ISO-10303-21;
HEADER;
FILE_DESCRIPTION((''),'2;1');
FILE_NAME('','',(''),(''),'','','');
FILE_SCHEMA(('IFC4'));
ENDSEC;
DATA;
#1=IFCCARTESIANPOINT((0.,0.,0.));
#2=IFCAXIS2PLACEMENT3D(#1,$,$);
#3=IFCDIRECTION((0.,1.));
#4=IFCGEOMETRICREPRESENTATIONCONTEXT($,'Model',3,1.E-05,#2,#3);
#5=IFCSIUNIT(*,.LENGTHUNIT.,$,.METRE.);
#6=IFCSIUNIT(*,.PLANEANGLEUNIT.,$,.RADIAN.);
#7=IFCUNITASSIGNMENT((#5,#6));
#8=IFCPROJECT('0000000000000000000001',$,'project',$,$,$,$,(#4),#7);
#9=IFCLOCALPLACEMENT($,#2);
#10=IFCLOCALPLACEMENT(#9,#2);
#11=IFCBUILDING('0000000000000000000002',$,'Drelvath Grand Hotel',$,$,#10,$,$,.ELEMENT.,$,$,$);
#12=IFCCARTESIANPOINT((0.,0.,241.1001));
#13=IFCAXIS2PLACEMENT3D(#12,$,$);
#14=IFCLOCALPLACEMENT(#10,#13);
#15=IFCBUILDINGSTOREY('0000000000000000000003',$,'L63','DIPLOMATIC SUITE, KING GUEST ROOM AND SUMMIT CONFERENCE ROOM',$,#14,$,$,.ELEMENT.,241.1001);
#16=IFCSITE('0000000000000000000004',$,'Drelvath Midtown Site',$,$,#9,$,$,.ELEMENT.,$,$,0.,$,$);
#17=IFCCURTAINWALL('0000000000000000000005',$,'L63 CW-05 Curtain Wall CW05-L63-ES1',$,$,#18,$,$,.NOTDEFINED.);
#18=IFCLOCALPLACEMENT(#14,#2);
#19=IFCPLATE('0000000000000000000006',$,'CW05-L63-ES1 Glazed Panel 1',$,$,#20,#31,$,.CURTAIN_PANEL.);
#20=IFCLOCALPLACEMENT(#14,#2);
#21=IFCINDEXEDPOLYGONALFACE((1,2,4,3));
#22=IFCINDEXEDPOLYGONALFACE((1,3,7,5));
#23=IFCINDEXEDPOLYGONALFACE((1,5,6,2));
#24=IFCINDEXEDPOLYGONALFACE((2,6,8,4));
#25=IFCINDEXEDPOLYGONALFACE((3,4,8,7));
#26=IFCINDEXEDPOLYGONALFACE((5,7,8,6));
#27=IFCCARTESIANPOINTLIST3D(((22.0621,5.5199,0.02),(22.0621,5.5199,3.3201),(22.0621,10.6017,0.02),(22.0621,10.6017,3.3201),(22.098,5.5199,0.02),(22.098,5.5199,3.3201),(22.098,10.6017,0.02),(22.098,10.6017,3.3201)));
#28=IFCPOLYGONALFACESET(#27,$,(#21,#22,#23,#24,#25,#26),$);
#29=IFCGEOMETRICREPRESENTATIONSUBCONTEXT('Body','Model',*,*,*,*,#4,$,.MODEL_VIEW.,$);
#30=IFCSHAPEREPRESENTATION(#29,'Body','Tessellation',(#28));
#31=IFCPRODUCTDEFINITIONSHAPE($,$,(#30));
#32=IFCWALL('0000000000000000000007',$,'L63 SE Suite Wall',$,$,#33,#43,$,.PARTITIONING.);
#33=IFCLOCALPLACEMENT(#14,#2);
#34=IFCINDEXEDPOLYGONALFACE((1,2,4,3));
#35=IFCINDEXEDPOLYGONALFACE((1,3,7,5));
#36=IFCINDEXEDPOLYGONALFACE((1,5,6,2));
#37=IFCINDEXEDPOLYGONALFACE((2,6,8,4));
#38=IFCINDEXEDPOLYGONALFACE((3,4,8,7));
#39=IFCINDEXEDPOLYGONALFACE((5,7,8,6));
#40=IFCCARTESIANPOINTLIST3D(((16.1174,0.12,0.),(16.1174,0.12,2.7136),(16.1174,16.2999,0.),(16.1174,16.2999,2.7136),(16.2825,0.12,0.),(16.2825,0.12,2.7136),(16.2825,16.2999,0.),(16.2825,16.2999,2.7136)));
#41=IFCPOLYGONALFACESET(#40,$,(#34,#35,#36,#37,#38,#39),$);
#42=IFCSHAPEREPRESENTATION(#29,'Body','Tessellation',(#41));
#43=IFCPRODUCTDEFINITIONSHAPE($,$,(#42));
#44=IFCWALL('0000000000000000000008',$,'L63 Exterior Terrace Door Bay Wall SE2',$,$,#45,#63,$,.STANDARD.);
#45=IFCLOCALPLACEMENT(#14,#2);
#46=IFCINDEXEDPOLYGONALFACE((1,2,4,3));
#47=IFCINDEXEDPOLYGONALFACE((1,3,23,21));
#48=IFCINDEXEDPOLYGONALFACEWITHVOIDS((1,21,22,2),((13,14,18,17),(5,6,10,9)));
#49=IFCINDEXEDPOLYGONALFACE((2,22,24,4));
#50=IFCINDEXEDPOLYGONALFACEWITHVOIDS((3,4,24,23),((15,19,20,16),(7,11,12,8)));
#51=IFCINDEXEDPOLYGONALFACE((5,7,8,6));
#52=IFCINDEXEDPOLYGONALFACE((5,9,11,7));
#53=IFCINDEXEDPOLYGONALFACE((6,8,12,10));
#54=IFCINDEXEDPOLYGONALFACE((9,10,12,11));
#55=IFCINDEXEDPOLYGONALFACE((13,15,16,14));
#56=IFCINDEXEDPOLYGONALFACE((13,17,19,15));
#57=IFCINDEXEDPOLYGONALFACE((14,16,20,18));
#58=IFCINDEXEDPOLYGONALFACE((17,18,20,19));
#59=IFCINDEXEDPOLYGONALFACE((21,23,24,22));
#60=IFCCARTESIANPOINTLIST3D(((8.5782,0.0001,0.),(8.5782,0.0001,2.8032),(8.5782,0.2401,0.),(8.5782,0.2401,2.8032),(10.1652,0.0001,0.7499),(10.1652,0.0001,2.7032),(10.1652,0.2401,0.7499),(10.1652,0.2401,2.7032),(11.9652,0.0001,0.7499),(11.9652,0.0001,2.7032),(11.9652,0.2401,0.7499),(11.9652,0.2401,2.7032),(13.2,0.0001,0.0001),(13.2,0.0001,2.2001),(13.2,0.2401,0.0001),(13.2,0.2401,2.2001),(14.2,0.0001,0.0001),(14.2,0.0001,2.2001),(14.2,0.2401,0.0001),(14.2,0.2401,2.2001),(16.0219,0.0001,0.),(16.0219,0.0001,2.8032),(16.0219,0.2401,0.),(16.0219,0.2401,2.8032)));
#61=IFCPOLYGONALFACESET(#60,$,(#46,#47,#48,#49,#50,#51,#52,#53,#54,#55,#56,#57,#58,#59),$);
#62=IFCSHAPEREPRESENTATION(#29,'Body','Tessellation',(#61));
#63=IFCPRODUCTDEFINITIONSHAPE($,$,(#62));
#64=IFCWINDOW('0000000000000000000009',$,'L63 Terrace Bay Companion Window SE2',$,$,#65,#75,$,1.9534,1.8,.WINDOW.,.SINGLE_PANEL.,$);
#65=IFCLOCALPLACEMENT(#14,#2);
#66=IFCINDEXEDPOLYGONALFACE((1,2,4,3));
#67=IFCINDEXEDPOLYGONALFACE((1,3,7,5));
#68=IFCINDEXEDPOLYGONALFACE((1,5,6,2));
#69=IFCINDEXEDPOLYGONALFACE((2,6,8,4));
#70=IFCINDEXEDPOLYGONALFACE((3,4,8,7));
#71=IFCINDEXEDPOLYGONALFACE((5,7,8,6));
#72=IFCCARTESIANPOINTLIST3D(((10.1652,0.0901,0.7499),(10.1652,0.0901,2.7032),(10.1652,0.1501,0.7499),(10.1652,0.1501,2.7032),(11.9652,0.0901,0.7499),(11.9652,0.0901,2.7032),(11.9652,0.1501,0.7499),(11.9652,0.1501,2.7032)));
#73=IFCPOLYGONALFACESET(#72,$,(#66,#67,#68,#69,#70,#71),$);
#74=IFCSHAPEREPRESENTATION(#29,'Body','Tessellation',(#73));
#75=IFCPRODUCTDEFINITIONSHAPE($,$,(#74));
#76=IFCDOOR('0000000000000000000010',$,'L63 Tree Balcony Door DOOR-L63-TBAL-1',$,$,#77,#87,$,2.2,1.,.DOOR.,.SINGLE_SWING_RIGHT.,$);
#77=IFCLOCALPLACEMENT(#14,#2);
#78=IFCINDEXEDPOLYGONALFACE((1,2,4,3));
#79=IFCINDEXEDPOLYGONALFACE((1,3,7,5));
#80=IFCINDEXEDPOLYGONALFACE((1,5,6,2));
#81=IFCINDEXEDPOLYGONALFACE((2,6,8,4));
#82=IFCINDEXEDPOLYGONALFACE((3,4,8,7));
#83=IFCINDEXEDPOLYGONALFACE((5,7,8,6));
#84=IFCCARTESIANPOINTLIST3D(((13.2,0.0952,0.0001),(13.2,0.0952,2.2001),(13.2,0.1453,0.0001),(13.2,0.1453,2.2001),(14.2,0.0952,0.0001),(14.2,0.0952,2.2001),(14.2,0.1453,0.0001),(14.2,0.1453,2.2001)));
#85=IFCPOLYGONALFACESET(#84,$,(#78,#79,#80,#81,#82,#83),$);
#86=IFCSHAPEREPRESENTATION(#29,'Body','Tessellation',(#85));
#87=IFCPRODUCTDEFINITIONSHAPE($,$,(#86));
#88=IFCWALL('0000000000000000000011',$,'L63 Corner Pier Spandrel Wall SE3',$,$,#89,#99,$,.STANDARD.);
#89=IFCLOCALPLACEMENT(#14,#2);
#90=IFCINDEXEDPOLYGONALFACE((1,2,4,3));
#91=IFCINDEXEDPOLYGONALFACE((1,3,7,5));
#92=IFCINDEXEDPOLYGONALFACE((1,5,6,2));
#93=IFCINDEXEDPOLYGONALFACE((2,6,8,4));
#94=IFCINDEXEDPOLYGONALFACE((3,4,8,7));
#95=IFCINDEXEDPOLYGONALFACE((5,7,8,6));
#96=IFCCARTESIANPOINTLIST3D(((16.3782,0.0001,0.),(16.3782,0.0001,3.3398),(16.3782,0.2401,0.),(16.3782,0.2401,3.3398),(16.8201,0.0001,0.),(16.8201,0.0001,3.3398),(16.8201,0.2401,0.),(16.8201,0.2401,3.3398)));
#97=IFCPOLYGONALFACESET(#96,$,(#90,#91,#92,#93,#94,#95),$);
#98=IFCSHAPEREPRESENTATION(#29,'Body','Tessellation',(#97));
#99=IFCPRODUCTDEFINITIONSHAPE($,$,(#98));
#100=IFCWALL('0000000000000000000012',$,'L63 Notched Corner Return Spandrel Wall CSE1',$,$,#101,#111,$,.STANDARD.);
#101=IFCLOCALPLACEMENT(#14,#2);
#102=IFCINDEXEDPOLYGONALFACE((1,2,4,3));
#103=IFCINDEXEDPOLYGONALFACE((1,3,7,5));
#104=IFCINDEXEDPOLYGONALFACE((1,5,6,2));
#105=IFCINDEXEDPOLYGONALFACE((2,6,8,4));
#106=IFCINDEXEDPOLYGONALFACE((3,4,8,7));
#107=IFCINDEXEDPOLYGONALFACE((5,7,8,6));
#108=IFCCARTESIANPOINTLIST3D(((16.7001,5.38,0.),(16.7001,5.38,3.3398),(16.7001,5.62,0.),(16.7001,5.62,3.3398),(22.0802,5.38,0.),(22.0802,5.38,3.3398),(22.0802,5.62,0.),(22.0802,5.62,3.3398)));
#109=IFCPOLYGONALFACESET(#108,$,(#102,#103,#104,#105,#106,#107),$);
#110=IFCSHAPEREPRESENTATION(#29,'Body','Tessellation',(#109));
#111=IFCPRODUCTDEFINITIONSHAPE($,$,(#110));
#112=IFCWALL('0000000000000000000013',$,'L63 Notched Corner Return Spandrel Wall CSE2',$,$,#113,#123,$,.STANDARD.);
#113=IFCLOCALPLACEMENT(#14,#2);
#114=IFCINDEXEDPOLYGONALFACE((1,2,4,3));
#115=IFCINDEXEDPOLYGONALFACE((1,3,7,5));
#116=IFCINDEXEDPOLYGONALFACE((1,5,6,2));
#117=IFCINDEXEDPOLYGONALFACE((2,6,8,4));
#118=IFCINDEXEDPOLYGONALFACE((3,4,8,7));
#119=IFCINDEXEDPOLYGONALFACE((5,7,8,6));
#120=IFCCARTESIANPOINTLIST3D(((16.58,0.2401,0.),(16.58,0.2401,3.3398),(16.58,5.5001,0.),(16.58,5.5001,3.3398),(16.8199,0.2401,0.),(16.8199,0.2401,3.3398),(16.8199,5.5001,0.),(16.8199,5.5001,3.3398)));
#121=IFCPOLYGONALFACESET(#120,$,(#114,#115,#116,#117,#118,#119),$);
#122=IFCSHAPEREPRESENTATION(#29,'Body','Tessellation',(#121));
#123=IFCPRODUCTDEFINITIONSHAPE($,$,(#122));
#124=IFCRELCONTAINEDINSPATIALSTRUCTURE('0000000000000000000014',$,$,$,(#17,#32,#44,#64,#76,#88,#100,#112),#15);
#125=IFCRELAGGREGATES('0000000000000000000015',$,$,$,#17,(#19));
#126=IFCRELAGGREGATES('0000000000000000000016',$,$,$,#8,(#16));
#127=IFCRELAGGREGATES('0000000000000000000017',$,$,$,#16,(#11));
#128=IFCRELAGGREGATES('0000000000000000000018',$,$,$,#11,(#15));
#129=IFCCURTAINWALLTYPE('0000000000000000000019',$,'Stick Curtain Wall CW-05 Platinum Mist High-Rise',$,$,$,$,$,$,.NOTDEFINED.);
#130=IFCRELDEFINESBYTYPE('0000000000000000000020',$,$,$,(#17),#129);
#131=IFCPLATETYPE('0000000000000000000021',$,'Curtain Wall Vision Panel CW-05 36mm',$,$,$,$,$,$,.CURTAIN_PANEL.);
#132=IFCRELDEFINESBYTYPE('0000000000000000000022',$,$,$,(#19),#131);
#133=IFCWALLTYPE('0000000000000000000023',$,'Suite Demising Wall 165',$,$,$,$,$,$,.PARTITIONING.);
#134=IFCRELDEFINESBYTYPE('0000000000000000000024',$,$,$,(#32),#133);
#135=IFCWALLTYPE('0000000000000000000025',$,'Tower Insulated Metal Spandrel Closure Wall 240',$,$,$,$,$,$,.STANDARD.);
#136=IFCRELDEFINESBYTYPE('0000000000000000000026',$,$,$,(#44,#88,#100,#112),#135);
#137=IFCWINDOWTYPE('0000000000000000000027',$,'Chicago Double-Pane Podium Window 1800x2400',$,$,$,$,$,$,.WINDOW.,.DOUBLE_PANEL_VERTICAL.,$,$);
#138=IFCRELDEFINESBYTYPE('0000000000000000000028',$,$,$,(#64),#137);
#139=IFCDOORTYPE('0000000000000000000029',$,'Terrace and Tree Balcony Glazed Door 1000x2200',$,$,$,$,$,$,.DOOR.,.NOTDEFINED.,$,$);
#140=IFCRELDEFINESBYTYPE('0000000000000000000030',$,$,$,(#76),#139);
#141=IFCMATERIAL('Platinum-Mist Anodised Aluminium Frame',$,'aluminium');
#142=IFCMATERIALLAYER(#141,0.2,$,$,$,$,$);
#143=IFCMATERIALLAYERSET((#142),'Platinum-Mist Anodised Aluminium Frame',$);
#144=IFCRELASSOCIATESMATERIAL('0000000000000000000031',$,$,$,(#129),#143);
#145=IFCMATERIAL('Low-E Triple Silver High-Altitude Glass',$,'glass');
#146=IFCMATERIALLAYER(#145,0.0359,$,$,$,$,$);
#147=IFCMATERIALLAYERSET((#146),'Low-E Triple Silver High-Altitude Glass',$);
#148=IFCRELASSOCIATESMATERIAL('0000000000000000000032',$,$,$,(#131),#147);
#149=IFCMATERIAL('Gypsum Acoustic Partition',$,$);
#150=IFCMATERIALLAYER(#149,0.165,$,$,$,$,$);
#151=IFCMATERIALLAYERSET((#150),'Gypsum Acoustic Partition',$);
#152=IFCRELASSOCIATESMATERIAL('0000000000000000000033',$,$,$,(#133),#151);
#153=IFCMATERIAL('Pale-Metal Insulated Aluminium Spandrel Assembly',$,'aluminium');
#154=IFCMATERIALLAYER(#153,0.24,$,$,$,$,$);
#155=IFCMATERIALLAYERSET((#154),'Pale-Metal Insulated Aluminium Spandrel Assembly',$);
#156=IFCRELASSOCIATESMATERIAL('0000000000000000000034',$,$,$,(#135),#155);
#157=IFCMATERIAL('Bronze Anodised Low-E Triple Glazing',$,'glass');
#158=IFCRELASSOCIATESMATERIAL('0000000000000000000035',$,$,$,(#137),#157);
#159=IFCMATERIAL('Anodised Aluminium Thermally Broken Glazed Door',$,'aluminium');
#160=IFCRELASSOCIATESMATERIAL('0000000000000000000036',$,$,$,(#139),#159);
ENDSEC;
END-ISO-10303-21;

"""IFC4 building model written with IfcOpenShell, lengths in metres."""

from ifc_helpers import new_model, si_unit, direction, frame, frame_2d, origin, origin_2d, place, context, subcontext, project, spatial, rectangle, extrude, material, layer, layer_set, type_object, element, fill, aggregate, save


model = new_model("IFC4")

# Units and contexts
model_context = context("Model", 3, precision=1e-05, world=origin(), true_north=direction((0.0, 1.0)))
body_context = subcontext(model_context, "Body", "Model", "MODEL_VIEW")
ifc_project = project(units=[si_unit("LENGTHUNIT", "METRE"), si_unit("PLANEANGLEUNIT", "RADIAN")], contexts=[model_context])

# Site, building, storey
site_placement = place(None, origin())
site = spatial("IfcSite", under=ifc_project, at=site_placement, Name="Drelvath Midtown Site", CompositionType="ELEMENT", RefElevation=0.0)
building_placement = place(site_placement, origin())
building = spatial("IfcBuilding", under=site, at=building_placement, Name="Drelvath Grand Hotel", CompositionType="ELEMENT")
storey_placement = place(building_placement, frame((0.0, 0.0, 241.1001)))
storey = spatial("IfcBuildingStorey", under=building, at=storey_placement, Name="L63", Description="DIPLOMATIC SUITE, KING GUEST ROOM AND SUMMIT CONFERENCE ROOM", CompositionType="ELEMENT", Elevation=241.1001)

# Curtain wall
ifc_material_1 = material(Name="Platinum-Mist Anodised Aluminium Frame", Category="aluminium")
ifc_layer_1 = layer(ifc_material_1, 0.2)
ifc_layer_set_1 = layer_set([ifc_layer_1], Name="Platinum-Mist Anodised Aluminium Frame")
curtain_wall_type = type_object("IfcCurtainWallType", Name="Stick Curtain Wall CW-05 Platinum Mist High-Rise", PredefinedType="NOTDEFINED", material=ifc_layer_set_1)
curtain_wall_1_placement = place(storey_placement, origin())
curtain_wall_1 = element("IfcCurtainWall", 1, at=curtain_wall_1_placement, inside=storey, type_object=curtain_wall_type, Name="L63 CW-05 Curtain Wall CW05-L63-ES1", PredefinedType="NOTDEFINED")

# Plate
ifc_material_2 = material(Name="Low-E Triple Silver High-Altitude Glass", Category="glass")
ifc_layer_2 = layer(ifc_material_2, 0.0359)
ifc_layer_set_2 = layer_set([ifc_layer_2], Name="Low-E Triple Silver High-Altitude Glass")
plate_type = type_object("IfcPlateType", Name="Curtain Wall Vision Panel CW-05 36mm", PredefinedType="CURTAIN_PANEL", material=ifc_layer_set_2)
plate_placement = place(storey_placement, frame((22.0801, 8.0608, 0.02), z_axis=(0.0, 0.0, 1.0), x_axis=(0.0, -1.0, 0.0)))
plate = element("IfcPlate", 2, at=plate_placement, type_object=plate_type, Name="CW05-L63-ES1 Glazed Panel 1", PredefinedType="CURTAIN_PANEL", context=body_context, shape_type="SweptSolid", body=[
    extrude(rectangle(XDim=5.0818, YDim=0.0359, at=origin_2d()), origin(), (0.0, 0.0, 1.0), 3.3),
])
aggregate(curtain_wall_1, [plate])

# Wall
ifc_material_3 = material(Name="Gypsum Acoustic Partition")
ifc_layer_3 = layer(ifc_material_3, 0.165)
ifc_layer_set_3 = layer_set([ifc_layer_3], Name="Gypsum Acoustic Partition")
wall_type_1 = type_object("IfcWallType", Name="Suite Demising Wall 165", PredefinedType="PARTITIONING", material=ifc_layer_set_3)
wall_1_placement = place(storey_placement, frame((16.2, 0.1201, 0.0), z_axis=(0.0, 0.0, 1.0), x_axis=(0.0, 1.0, 0.0)))
element("IfcWall", 3, at=wall_1_placement, inside=storey, type_object=wall_type_1, Name="L63 SE Suite Wall", PredefinedType="PARTITIONING", context=body_context, shape_type="SweptSolid", body=[
    extrude(rectangle(XDim=16.1799, YDim=0.165, at=frame_2d((8.0898, 0.0))), origin(), (0.0, 0.0, 1.0), 2.7136),
])

# Wall, openings, window, door
ifc_material_4 = material(Name="Pale-Metal Insulated Aluminium Spandrel Assembly", Category="aluminium")
ifc_layer_4 = layer(ifc_material_4, 0.24)
ifc_layer_set_4 = layer_set([ifc_layer_4], Name="Pale-Metal Insulated Aluminium Spandrel Assembly")
wall_type_2 = type_object("IfcWallType", Name="Tower Insulated Metal Spandrel Closure Wall 240", PredefinedType="STANDARD", material=ifc_layer_set_4)
wall_2_placement = place(storey_placement, frame((16.0217, 0.1201, 0.0), z_axis=(0.0, 0.0, 1.0), x_axis=(-1.0, 0.0, 0.0)))
wall_2 = element("IfcWall", 4, at=wall_2_placement, inside=storey, type_object=wall_type_2, Name="L63 Exterior Terrace Door Bay Wall SE2", PredefinedType="STANDARD", context=body_context, shape_type="SweptSolid", body=[
    extrude(rectangle(XDim=7.4436, YDim=0.24, at=frame_2d((3.7217, 0.0))), origin(), (0.0, 0.0, 1.0), 2.8032),
])
opening_1_placement = place(wall_2_placement, frame((1.8218, 0.0, 0.0)))
opening_1 = element("IfcOpeningElement", 5, at=opening_1_placement, cuts=wall_2, PredefinedType="OPENING", context=body_context, shape_type="SweptSolid", body=[
    extrude(rectangle(XDim=1.0, YDim=2.2, at=frame_2d((0.5, 1.1001))), frame((0.0, 0.1299, 0.0), z_axis=(0.0, -1.0, 0.0), x_axis=(1.0, 0.0, 0.0)), (0.0, 0.0, 1.0), 0.26),
])
opening_2_placement = place(wall_2_placement, frame((4.0566, 0.0, 0.75)))
opening_2 = element("IfcOpeningElement", 6, at=opening_2_placement, cuts=wall_2, PredefinedType="OPENING", context=body_context, shape_type="SweptSolid", body=[
    extrude(rectangle(XDim=1.8, YDim=1.9534, at=frame_2d((0.8999, 0.9766))), frame((0.0, 0.1299, 0.0), z_axis=(0.0, -1.0, 0.0), x_axis=(1.0, 0.0, 0.0)), (0.0, 0.0, 1.0), 0.26),
])
ifc_material_5 = material(Name="Bronze Anodised Low-E Triple Glazing", Category="glass")
window_type = type_object("IfcWindowType", Name="Chicago Double-Pane Podium Window 1800x2400", PartitioningType="DOUBLE_PANEL_VERTICAL", PredefinedType="WINDOW", material=ifc_material_5)
window_placement = place(opening_2_placement, origin())
window = element("IfcWindow", 7, at=window_placement, inside=storey, type_object=window_type, Name="L63 Terrace Bay Companion Window SE2", OverallHeight=1.9534, OverallWidth=1.8, PartitioningType="SINGLE_PANEL", PredefinedType="WINDOW", context=body_context, shape_type="SweptSolid", body=[
    extrude(rectangle(XDim=1.8, YDim=1.9534, at=frame_2d((0.8999, 0.9766))), frame((0.0, 0.03, 0.0), z_axis=(0.0, -1.0, 0.0), x_axis=(1.0, 0.0, 0.0)), (0.0, 0.0, 1.0), 0.0601),
])
fill(opening_2, window)
ifc_material_6 = material(Name="Anodised Aluminium Thermally Broken Glazed Door", Category="aluminium")
door_type = type_object("IfcDoorType", Name="Terrace and Tree Balcony Glazed Door 1000x2200", OperationType="NOTDEFINED", PredefinedType="DOOR", material=ifc_material_6)
door_placement = place(opening_1_placement, origin())
door = element("IfcDoor", 8, at=door_placement, inside=storey, type_object=door_type, Name="L63 Tree Balcony Door DOOR-L63-TBAL-1", OperationType="SINGLE_SWING_RIGHT", OverallHeight=2.2, OverallWidth=1.0, PredefinedType="DOOR", context=body_context, shape_type="SweptSolid", body=[
    extrude(rectangle(XDim=1.0, YDim=2.2, at=frame_2d((0.5, 1.1001))), frame((0.0, 0.0249, 0.0), z_axis=(0.0, -1.0, 0.0), x_axis=(1.0, 0.0, 0.0)), (0.0, 0.0, 1.0), 0.05),
])
fill(opening_1, door)

# Walls
wall_3_placement = place(storey_placement, frame((16.8201, 0.1201, 0.0), z_axis=(0.0, 0.0, 1.0), x_axis=(-1.0, 0.0, 0.0)))
element("IfcWall", 9, at=wall_3_placement, inside=storey, type_object=wall_type_2, Name="L63 Corner Pier Spandrel Wall SE3", PredefinedType="STANDARD", context=body_context, shape_type="SweptSolid", body=[
    extrude(rectangle(XDim=0.4419, YDim=0.24, at=frame_2d((0.2209, 0.0))), origin(), (0.0, 0.0, 1.0), 3.3398),
])
wall_4_placement = place(storey_placement, frame((22.0801, 5.5, 0.0), z_axis=(0.0, 0.0, 1.0), x_axis=(-1.0, 0.0, 0.0)))
element("IfcWall", 10, at=wall_4_placement, inside=storey, type_object=wall_type_2, Name="L63 Notched Corner Return Spandrel Wall CSE1", PredefinedType="STANDARD", context=body_context, shape_type="SweptSolid", body=[
    extrude(rectangle(XDim=5.3801, YDim=0.24, at=frame_2d((2.6899, 0.0))), origin(), (0.0, 0.0, 1.0), 3.3398),
])
wall_5_placement = place(storey_placement, frame((16.7, 5.5, 0.0), z_axis=(0.0, 0.0, 1.0), x_axis=(0.0, -1.0, 0.0)))
element("IfcWall", 11, at=wall_5_placement, inside=storey, type_object=wall_type_2, Name="L63 Notched Corner Return Spandrel Wall CSE2", PredefinedType="STANDARD", context=body_context, shape_type="SweptSolid", body=[
    extrude(rectangle(XDim=5.26, YDim=0.24, at=frame_2d((2.6299, 0.0))), origin(), (0.0, 0.0, 1.0), 3.3398),
])

save(model, "model.ifc")
